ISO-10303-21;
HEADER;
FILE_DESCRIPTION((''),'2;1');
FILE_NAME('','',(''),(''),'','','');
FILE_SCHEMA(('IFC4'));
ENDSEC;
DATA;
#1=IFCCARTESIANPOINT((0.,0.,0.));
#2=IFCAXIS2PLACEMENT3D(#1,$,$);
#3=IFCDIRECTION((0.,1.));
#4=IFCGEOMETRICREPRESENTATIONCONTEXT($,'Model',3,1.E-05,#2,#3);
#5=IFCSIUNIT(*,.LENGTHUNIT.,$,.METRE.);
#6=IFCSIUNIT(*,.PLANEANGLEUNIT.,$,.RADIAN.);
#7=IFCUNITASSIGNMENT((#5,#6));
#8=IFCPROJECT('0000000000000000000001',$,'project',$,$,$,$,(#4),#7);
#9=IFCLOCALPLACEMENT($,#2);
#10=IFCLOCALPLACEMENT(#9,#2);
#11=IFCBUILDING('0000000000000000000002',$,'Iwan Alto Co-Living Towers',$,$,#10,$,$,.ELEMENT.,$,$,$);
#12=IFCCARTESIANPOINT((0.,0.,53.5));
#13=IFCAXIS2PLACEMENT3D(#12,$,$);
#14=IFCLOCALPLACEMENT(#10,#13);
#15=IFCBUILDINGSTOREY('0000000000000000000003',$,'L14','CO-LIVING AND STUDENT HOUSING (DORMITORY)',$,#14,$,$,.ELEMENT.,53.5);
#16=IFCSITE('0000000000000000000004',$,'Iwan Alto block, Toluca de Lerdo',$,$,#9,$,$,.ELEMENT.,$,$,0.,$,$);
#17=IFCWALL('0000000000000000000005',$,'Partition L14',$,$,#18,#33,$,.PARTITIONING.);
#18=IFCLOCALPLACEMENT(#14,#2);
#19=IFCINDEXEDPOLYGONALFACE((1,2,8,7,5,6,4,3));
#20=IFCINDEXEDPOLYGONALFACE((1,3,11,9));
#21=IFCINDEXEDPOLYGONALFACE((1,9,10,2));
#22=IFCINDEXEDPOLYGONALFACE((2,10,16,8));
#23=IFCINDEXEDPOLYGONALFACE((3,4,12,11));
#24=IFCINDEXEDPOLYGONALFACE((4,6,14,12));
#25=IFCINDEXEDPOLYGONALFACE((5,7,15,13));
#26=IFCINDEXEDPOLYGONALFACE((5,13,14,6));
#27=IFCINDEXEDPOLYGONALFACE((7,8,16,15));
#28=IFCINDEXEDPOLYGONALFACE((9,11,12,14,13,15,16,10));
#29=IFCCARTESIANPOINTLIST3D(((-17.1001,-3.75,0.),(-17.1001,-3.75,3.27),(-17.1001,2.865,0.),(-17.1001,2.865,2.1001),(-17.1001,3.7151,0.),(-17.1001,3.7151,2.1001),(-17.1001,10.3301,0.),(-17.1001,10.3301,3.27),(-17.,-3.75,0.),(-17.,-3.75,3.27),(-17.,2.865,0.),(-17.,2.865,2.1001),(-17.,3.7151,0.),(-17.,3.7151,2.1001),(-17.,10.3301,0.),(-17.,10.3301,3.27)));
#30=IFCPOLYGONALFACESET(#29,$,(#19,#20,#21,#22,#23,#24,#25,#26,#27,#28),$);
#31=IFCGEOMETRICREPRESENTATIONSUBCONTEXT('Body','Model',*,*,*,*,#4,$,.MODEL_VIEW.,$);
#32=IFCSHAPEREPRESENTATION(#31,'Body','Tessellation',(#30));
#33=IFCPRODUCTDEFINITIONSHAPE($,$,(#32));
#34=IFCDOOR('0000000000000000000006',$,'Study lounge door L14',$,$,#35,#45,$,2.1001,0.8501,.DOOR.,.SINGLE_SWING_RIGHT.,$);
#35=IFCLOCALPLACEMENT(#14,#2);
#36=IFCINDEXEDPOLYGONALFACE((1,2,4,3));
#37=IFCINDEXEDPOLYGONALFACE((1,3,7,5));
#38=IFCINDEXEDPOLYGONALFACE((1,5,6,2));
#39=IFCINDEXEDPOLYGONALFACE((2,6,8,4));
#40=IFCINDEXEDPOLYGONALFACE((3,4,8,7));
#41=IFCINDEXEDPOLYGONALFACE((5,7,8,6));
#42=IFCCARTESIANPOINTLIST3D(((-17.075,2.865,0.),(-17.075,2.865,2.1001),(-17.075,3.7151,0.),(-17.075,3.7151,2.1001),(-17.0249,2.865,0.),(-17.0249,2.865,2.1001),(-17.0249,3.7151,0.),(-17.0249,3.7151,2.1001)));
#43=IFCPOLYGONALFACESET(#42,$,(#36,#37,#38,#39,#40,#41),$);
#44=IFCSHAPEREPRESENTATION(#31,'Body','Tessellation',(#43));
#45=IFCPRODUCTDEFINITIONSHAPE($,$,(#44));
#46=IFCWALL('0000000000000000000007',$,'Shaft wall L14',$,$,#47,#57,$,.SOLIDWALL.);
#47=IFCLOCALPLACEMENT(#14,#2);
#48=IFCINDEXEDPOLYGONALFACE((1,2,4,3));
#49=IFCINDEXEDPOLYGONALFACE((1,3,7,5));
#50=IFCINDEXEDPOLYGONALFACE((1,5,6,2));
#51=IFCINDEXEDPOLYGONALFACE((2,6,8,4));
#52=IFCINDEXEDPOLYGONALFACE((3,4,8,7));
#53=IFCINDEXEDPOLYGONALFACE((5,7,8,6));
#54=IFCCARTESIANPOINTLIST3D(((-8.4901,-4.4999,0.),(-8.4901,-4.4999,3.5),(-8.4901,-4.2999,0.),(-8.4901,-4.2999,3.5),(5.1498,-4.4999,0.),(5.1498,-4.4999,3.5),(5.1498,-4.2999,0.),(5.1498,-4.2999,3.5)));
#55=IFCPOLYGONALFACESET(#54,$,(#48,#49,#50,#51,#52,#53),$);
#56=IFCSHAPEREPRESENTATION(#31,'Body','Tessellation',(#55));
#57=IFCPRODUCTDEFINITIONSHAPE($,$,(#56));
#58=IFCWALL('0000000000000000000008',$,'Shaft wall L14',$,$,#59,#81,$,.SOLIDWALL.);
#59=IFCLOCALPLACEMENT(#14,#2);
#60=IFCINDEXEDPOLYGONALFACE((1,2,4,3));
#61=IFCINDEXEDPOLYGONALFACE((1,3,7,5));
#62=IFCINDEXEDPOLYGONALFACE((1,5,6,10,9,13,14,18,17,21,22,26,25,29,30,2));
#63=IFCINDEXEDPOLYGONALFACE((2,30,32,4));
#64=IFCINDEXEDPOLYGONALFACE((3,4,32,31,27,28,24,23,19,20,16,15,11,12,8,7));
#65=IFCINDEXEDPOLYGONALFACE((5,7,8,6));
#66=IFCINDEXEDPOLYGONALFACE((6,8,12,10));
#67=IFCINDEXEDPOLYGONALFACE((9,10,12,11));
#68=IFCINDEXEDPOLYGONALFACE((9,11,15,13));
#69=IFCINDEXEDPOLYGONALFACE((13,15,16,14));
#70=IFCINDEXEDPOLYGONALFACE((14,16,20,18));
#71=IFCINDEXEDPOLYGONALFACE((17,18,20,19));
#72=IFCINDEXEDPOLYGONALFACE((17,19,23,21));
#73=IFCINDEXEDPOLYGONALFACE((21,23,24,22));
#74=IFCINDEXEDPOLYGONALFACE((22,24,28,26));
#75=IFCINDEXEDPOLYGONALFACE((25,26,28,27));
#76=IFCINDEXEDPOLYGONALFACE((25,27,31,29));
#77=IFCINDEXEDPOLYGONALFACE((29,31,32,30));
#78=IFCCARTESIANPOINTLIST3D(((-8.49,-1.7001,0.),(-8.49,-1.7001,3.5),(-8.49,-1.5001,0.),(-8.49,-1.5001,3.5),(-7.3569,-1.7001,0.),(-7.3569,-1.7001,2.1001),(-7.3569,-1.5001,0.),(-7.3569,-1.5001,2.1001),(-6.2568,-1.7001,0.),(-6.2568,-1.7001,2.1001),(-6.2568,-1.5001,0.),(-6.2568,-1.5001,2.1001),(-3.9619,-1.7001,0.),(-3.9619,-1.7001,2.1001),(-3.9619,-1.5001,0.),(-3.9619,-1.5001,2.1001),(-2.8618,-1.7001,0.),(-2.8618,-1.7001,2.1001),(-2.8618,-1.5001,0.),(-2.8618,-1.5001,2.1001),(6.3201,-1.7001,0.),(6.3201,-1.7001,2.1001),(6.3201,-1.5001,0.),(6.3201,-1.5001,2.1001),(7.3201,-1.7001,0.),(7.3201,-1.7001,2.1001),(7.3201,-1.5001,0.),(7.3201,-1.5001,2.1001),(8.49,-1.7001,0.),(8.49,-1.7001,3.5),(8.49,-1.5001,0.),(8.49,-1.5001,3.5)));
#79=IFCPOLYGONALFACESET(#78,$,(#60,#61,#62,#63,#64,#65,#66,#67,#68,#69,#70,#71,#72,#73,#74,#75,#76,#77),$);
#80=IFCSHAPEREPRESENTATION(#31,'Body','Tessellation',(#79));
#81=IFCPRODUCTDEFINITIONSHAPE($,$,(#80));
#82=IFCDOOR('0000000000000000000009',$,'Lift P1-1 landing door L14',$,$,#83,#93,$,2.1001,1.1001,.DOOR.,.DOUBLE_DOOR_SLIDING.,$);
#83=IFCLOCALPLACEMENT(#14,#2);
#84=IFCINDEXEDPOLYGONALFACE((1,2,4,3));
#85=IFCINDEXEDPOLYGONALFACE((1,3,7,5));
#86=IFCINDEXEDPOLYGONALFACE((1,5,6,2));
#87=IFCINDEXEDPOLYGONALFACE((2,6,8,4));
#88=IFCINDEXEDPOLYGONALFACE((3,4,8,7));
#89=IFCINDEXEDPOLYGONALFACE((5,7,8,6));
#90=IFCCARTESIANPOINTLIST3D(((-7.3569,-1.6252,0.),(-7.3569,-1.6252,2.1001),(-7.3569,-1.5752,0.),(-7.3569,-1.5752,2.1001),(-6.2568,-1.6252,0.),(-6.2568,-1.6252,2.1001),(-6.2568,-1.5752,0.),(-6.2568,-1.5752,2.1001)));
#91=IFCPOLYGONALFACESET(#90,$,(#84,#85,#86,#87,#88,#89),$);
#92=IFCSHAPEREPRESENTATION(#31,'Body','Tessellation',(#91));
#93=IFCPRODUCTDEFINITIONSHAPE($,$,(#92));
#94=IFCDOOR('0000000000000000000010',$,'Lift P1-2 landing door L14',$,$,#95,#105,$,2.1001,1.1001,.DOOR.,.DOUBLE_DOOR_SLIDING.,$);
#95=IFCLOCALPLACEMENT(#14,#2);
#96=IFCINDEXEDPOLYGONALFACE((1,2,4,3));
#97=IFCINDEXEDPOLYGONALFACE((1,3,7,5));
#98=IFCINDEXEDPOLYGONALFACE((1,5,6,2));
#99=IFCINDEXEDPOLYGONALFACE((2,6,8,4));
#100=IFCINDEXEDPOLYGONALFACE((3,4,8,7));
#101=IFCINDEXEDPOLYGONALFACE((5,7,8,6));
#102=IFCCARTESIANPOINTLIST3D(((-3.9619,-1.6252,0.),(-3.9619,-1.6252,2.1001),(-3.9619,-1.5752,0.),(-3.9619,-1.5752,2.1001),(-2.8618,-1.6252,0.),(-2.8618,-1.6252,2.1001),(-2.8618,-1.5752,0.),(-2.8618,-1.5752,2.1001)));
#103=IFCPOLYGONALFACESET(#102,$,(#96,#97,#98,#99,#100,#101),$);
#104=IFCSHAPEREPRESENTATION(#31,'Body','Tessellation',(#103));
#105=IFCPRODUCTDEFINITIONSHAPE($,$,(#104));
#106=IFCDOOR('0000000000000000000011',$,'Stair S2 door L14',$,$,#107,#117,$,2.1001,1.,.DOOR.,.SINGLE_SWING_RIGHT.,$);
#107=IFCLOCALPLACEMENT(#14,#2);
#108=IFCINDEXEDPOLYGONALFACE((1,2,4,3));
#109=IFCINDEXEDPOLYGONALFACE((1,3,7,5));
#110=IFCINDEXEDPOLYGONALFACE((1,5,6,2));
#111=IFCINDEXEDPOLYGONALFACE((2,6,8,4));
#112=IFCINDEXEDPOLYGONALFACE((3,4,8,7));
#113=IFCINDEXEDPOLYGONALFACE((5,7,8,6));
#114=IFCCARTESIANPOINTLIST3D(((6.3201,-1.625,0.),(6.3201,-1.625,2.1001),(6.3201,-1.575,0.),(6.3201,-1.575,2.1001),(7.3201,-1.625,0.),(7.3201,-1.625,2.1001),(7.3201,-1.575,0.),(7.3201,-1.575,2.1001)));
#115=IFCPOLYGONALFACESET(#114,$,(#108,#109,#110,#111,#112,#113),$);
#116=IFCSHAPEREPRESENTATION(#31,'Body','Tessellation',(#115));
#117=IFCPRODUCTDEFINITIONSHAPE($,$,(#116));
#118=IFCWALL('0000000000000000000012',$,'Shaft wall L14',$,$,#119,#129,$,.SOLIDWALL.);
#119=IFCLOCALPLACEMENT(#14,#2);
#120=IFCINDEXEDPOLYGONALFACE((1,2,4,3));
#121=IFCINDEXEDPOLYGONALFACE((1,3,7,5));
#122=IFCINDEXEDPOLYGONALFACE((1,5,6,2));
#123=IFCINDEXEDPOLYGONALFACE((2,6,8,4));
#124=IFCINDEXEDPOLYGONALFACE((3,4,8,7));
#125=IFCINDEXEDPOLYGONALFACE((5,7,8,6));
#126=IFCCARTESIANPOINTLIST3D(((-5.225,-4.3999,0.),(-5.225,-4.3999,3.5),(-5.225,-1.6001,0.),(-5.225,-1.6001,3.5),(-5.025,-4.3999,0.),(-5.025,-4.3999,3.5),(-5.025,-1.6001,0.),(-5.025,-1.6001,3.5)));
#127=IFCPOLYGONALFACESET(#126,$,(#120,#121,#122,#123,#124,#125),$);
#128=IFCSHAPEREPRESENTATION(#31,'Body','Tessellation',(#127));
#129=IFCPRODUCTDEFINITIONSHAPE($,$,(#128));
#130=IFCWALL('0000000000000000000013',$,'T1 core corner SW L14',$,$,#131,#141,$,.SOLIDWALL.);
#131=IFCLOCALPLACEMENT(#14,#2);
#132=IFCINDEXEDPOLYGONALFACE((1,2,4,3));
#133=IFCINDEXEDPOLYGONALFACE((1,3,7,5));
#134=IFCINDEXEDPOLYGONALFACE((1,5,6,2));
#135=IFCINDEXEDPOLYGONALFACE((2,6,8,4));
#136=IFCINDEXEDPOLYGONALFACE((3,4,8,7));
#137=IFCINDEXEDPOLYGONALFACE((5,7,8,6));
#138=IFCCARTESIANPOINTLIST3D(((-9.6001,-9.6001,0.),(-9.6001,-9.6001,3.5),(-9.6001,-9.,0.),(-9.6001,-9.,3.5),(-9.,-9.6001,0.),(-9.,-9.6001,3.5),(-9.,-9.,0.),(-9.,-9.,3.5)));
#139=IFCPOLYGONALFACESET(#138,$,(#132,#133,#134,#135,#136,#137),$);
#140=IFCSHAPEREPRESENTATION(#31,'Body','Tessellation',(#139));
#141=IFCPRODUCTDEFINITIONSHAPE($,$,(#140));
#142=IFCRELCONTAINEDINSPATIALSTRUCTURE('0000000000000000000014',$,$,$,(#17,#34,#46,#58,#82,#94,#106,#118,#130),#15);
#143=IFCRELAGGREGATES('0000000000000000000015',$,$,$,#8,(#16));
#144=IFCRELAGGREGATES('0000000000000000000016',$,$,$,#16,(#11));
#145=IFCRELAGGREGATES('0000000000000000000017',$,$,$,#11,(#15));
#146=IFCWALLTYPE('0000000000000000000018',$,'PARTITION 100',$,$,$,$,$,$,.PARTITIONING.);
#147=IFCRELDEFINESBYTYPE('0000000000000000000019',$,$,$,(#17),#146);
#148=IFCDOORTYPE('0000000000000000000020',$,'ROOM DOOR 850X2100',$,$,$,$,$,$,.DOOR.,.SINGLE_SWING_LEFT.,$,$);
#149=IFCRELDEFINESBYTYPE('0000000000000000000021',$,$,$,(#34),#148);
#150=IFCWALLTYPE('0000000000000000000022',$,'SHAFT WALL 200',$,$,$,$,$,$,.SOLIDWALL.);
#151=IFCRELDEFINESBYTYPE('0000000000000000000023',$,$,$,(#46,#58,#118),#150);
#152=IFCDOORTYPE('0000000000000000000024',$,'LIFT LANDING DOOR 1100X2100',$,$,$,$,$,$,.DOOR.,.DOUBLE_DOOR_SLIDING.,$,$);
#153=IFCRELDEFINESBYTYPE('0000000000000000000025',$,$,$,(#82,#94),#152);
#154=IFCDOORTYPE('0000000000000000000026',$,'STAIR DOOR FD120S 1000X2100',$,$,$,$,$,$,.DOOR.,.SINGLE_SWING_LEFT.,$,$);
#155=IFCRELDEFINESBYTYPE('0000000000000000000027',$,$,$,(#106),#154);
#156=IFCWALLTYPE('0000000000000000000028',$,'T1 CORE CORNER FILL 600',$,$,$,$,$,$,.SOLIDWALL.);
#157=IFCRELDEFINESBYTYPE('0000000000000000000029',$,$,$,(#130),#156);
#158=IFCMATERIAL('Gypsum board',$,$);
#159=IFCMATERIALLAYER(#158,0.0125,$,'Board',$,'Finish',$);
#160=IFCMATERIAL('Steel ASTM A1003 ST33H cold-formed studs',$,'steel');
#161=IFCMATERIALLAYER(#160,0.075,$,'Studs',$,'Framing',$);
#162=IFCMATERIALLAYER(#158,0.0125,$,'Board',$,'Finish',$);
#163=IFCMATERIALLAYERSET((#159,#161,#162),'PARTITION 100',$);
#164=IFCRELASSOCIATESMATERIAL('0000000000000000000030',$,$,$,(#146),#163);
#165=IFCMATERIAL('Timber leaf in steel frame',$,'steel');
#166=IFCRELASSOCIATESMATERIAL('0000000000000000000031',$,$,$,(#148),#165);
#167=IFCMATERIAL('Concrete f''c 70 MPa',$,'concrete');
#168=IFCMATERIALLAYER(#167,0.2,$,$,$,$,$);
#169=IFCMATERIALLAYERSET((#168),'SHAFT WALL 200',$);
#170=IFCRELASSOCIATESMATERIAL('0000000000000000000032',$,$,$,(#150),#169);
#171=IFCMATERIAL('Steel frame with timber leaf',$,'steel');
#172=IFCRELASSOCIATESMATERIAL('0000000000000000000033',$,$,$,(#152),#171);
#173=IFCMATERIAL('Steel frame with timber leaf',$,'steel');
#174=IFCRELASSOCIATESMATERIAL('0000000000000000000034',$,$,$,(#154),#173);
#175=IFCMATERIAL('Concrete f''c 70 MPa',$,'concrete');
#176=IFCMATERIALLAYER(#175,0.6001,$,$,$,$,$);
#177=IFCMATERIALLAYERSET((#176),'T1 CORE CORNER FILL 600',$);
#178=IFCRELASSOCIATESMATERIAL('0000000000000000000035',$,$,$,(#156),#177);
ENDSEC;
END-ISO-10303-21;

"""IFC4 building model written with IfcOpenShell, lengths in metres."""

from ifc_helpers import new_model, si_unit, direction, frame, frame_2d, origin, place, context, subcontext, project, spatial, rectangle, extrude, material, layer, layer_set, type_object, element, fill, save


model = new_model("IFC4")

# Units and contexts
model_context = context("Model", 3, precision=1e-05, world=origin(), true_north=direction((0.0, 1.0)))
body_context = subcontext(model_context, "Body", "Model", "MODEL_VIEW")
ifc_project = project(units=[si_unit("LENGTHUNIT", "METRE"), si_unit("PLANEANGLEUNIT", "RADIAN")], contexts=[model_context])

# Site, building, storey
site_placement = place(None, origin())
site = spatial("IfcSite", under=ifc_project, at=site_placement, Name="Iwan Alto block, Toluca de Lerdo", CompositionType="ELEMENT", RefElevation=0.0)
building_placement = place(site_placement, origin())
building = spatial("IfcBuilding", under=site, at=building_placement, Name="Iwan Alto Co-Living Towers", CompositionType="ELEMENT")
storey_placement = place(building_placement, frame((0.0, 0.0, 53.5)))
storey = spatial("IfcBuildingStorey", under=building, at=storey_placement, Name="L14", Description="CO-LIVING AND STUDENT HOUSING (DORMITORY)", CompositionType="ELEMENT", Elevation=53.5)

# Shared definitions
ifc_material_1 = material(Name="Gypsum board")
ifc_material_2 = material(Name="Steel ASTM A1003 ST33H cold-formed studs", Category="steel")

# Shared definitions
ifc_layer_1 = layer(ifc_material_1, 0.0125, Name="Board", Category="Finish")
ifc_layer_2 = layer(ifc_material_2, 0.075, Name="Studs", Category="Framing")
ifc_layer_3 = layer(ifc_material_1, 0.0125, Name="Board", Category="Finish")
ifc_layer_set_1 = layer_set([ifc_layer_1, ifc_layer_2, ifc_layer_3], Name="PARTITION 100")
wall_type_1 = type_object("IfcWallType", Name="PARTITION 100", PredefinedType="PARTITIONING", material=ifc_layer_set_1)

# Wall, opening, door
wall_1_placement = place(storey_placement, frame((-17.05, -3.75, 0.0), z_axis=(0.0, 0.0, 1.0), x_axis=(0.0, 1.0, 0.0)))
wall_1 = element("IfcWall", 1, at=wall_1_placement, inside=storey, type_object=wall_type_1, Name="Partition L14", PredefinedType="PARTITIONING", context=body_context, shape_type="SweptSolid", body=[
    extrude(rectangle(XDim=14.0801, YDim=0.1001, at=frame_2d((7.04, 0.0))), origin(), (0.0, 0.0, 1.0), 3.27),
])
opening_1_placement = place(wall_1_placement, frame((6.615, 0.0, 0.0)))
opening_1 = element("IfcOpeningElement", 2, at=opening_1_placement, cuts=wall_1, PredefinedType="OPENING", context=body_context, shape_type="SweptSolid", body=[
    extrude(rectangle(XDim=0.8501, YDim=2.1001, at=frame_2d((0.425, 1.05))), frame((0.0, 0.0601, 0.0), z_axis=(0.0, -1.0, 0.0), x_axis=(1.0, 0.0, 0.0)), (0.0, 0.0, 1.0), 0.1201),
])
ifc_material_3 = material(Name="Timber leaf in steel frame", Category="steel")
door_type_1 = type_object("IfcDoorType", Name="ROOM DOOR 850X2100", OperationType="SINGLE_SWING_LEFT", PredefinedType="DOOR", material=ifc_material_3)
door_1_placement = place(opening_1_placement, origin())
door_1 = element("IfcDoor", 3, at=door_1_placement, inside=storey, type_object=door_type_1, Name="Study lounge door L14", OperationType="SINGLE_SWING_RIGHT", OverallHeight=2.1001, OverallWidth=0.8501, PredefinedType="DOOR", context=body_context, shape_type="SweptSolid", body=[
    extrude(rectangle(XDim=0.8501, YDim=2.1001, at=frame_2d((0.425, 1.05))), frame((0.0, 0.0249, 0.0), z_axis=(0.0, -1.0, 0.0), x_axis=(1.0, 0.0, 0.0)), (0.0, 0.0, 1.0), 0.05),
])
fill(opening_1, door_1)

# Wall
ifc_material_4 = material(Name="Concrete f'c 70 MPa", Category="concrete")
ifc_layer_4 = layer(ifc_material_4, 0.2)
ifc_layer_set_2 = layer_set([ifc_layer_4], Name="SHAFT WALL 200")
wall_type_2 = type_object("IfcWallType", Name="SHAFT WALL 200", PredefinedType="SOLIDWALL", material=ifc_layer_set_2)
wall_2_placement = place(storey_placement, frame((-8.49, -4.3999, 0.0), z_axis=(0.0, 0.0, 1.0), x_axis=(1.0, 0.0, 0.0)))
element("IfcWall", 4, at=wall_2_placement, inside=storey, type_object=wall_type_2, Name="Shaft wall L14", PredefinedType="SOLIDWALL", context=body_context, shape_type="SweptSolid", body=[
    extrude(rectangle(XDim=13.6399, YDim=0.2, at=frame_2d((6.8198, 0.0))), origin(), (0.0, 0.0, 1.0), 3.5),
])

# Wall, openings, doors
wall_3_placement = place(storey_placement, frame((-8.49, -1.6001, 0.0), z_axis=(0.0, 0.0, 1.0), x_axis=(1.0, 0.0, 0.0)))
wall_3 = element("IfcWall", 5, at=wall_3_placement, inside=storey, type_object=wall_type_2, Name="Shaft wall L14", PredefinedType="SOLIDWALL", context=body_context, shape_type="SweptSolid", body=[
    extrude(rectangle(XDim=16.98, YDim=0.2, at=frame_2d((8.49, 0.0))), origin(), (0.0, 0.0, 1.0), 3.5),
])
opening_2_placement = place(wall_3_placement, frame((14.8101, 0.0, 0.0)))
opening_2 = element("IfcOpeningElement", 6, at=opening_2_placement, cuts=wall_3, PredefinedType="OPENING", context=body_context, shape_type="SweptSolid", body=[
    extrude(rectangle(XDim=1.0, YDim=2.1001, at=frame_2d((0.5, 1.05))), frame((0.0, 0.1099, 0.0), z_axis=(0.0, -1.0, 0.0), x_axis=(1.0, 0.0, 0.0)), (0.0, 0.0, 1.0), 0.22),
])
opening_3_placement = place(wall_3_placement, frame((1.1331, 0.0, 0.0)))
opening_3 = element("IfcOpeningElement", 7, at=opening_3_placement, cuts=wall_3, PredefinedType="OPENING", context=body_context, shape_type="SweptSolid", body=[
    extrude(rectangle(XDim=1.1001, YDim=2.1001, at=frame_2d((0.55, 1.05))), frame((0.0, 0.1099, 0.0), z_axis=(0.0, -1.0, 0.0), x_axis=(1.0, 0.0, 0.0)), (0.0, 0.0, 1.0), 0.22),
])
opening_4_placement = place(wall_3_placement, frame((4.5281, 0.0, 0.0)))
opening_4 = element("IfcOpeningElement", 8, at=opening_4_placement, cuts=wall_3, PredefinedType="OPENING", context=body_context, shape_type="SweptSolid", body=[
    extrude(rectangle(XDim=1.1001, YDim=2.1001, at=frame_2d((0.55, 1.05))), frame((0.0, 0.1099, 0.0), z_axis=(0.0, -1.0, 0.0), x_axis=(1.0, 0.0, 0.0)), (0.0, 0.0, 1.0), 0.22),
])
ifc_material_5 = material(Name="Steel frame with timber leaf", Category="steel")
door_type_2 = type_object("IfcDoorType", Name="LIFT LANDING DOOR 1100X2100", OperationType="DOUBLE_DOOR_SLIDING", PredefinedType="DOOR", material=ifc_material_5)
door_2_placement = place(opening_3_placement, origin())
door_2 = element("IfcDoor", 9, at=door_2_placement, inside=storey, type_object=door_type_2, Name="Lift P1-1 landing door L14", OperationType="DOUBLE_DOOR_SLIDING", OverallHeight=2.1001, OverallWidth=1.1001, PredefinedType="DOOR", context=body_context, shape_type="SweptSolid", body=[
    extrude(rectangle(XDim=1.1001, YDim=2.1001, at=frame_2d((0.55, 1.05))), frame((0.0, 0.0249, 0.0), z_axis=(0.0, -1.0, 0.0), x_axis=(1.0, 0.0, 0.0)), (0.0, 0.0, 1.0), 0.05),
])
fill(opening_3, door_2)
door_3_placement = place(opening_4_placement, origin())
door_3 = element("IfcDoor", 10, at=door_3_placement, inside=storey, type_object=door_type_2, Name="Lift P1-2 landing door L14", OperationType="DOUBLE_DOOR_SLIDING", OverallHeight=2.1001, OverallWidth=1.1001, PredefinedType="DOOR", context=body_context, shape_type="SweptSolid", body=[
    extrude(rectangle(XDim=1.1001, YDim=2.1001, at=frame_2d((0.55, 1.05))), frame((0.0, 0.0249, 0.0), z_axis=(0.0, -1.0, 0.0), x_axis=(1.0, 0.0, 0.0)), (0.0, 0.0, 1.0), 0.05),
])
fill(opening_4, door_3)
ifc_material_6 = material(Name="Steel frame with timber leaf", Category="steel")
door_type_3 = type_object("IfcDoorType", Name="STAIR DOOR FD120S 1000X2100", OperationType="SINGLE_SWING_LEFT", PredefinedType="DOOR", material=ifc_material_6)
door_4_placement = place(opening_2_placement, frame((1.0, 0.0, 0.0), z_axis=(0.0, 0.0, 1.0), x_axis=(-1.0, 0.0, 0.0)))
door_4 = element("IfcDoor", 11, at=door_4_placement, inside=storey, type_object=door_type_3, Name="Stair S2 door L14", OperationType="SINGLE_SWING_RIGHT", OverallHeight=2.1001, OverallWidth=1.0, PredefinedType="DOOR", context=body_context, shape_type="SweptSolid", body=[
    extrude(rectangle(XDim=1.0, YDim=2.1001, at=frame_2d((0.5, 1.05))), frame((0.0, 0.0249, 0.0), z_axis=(0.0, -1.0, 0.0), x_axis=(1.0, 0.0, 0.0)), (0.0, 0.0, 1.0), 0.05),
])
fill(opening_2, door_4)

# Walls
wall_4_placement = place(storey_placement, frame((-5.125, -4.3999, 0.0), z_axis=(0.0, 0.0, 1.0), x_axis=(0.0, 1.0, 0.0)))
element("IfcWall", 12, at=wall_4_placement, inside=storey, type_object=wall_type_2, Name="Shaft wall L14", PredefinedType="SOLIDWALL", context=body_context, shape_type="SweptSolid", body=[
    extrude(rectangle(XDim=2.7998, YDim=0.2, at=frame_2d((1.3999, 0.0))), origin(), (0.0, 0.0, 1.0), 3.5),
])
ifc_material_7 = material(Name="Concrete f'c 70 MPa", Category="concrete")
ifc_layer_5 = layer(ifc_material_7, 0.6001)
ifc_layer_set_3 = layer_set([ifc_layer_5], Name="T1 CORE CORNER FILL 600")
wall_type_3 = type_object("IfcWallType", Name="T1 CORE CORNER FILL 600", PredefinedType="SOLIDWALL", material=ifc_layer_set_3)
wall_5_placement = place(storey_placement, frame((-9.6001, -9.3, 0.0), z_axis=(0.0, 0.0, 1.0), x_axis=(1.0, 0.0, 0.0)))
element("IfcWall", 13, at=wall_5_placement, inside=storey, type_object=wall_type_3, Name="T1 core corner SW L14", PredefinedType="SOLIDWALL", context=body_context, shape_type="SweptSolid", body=[
    extrude(rectangle(XDim=0.6001, YDim=0.6001, at=frame_2d((0.3, 0.0))), origin(), (0.0, 0.0, 1.0), 3.5),
])

save(model, "model.ifc")
